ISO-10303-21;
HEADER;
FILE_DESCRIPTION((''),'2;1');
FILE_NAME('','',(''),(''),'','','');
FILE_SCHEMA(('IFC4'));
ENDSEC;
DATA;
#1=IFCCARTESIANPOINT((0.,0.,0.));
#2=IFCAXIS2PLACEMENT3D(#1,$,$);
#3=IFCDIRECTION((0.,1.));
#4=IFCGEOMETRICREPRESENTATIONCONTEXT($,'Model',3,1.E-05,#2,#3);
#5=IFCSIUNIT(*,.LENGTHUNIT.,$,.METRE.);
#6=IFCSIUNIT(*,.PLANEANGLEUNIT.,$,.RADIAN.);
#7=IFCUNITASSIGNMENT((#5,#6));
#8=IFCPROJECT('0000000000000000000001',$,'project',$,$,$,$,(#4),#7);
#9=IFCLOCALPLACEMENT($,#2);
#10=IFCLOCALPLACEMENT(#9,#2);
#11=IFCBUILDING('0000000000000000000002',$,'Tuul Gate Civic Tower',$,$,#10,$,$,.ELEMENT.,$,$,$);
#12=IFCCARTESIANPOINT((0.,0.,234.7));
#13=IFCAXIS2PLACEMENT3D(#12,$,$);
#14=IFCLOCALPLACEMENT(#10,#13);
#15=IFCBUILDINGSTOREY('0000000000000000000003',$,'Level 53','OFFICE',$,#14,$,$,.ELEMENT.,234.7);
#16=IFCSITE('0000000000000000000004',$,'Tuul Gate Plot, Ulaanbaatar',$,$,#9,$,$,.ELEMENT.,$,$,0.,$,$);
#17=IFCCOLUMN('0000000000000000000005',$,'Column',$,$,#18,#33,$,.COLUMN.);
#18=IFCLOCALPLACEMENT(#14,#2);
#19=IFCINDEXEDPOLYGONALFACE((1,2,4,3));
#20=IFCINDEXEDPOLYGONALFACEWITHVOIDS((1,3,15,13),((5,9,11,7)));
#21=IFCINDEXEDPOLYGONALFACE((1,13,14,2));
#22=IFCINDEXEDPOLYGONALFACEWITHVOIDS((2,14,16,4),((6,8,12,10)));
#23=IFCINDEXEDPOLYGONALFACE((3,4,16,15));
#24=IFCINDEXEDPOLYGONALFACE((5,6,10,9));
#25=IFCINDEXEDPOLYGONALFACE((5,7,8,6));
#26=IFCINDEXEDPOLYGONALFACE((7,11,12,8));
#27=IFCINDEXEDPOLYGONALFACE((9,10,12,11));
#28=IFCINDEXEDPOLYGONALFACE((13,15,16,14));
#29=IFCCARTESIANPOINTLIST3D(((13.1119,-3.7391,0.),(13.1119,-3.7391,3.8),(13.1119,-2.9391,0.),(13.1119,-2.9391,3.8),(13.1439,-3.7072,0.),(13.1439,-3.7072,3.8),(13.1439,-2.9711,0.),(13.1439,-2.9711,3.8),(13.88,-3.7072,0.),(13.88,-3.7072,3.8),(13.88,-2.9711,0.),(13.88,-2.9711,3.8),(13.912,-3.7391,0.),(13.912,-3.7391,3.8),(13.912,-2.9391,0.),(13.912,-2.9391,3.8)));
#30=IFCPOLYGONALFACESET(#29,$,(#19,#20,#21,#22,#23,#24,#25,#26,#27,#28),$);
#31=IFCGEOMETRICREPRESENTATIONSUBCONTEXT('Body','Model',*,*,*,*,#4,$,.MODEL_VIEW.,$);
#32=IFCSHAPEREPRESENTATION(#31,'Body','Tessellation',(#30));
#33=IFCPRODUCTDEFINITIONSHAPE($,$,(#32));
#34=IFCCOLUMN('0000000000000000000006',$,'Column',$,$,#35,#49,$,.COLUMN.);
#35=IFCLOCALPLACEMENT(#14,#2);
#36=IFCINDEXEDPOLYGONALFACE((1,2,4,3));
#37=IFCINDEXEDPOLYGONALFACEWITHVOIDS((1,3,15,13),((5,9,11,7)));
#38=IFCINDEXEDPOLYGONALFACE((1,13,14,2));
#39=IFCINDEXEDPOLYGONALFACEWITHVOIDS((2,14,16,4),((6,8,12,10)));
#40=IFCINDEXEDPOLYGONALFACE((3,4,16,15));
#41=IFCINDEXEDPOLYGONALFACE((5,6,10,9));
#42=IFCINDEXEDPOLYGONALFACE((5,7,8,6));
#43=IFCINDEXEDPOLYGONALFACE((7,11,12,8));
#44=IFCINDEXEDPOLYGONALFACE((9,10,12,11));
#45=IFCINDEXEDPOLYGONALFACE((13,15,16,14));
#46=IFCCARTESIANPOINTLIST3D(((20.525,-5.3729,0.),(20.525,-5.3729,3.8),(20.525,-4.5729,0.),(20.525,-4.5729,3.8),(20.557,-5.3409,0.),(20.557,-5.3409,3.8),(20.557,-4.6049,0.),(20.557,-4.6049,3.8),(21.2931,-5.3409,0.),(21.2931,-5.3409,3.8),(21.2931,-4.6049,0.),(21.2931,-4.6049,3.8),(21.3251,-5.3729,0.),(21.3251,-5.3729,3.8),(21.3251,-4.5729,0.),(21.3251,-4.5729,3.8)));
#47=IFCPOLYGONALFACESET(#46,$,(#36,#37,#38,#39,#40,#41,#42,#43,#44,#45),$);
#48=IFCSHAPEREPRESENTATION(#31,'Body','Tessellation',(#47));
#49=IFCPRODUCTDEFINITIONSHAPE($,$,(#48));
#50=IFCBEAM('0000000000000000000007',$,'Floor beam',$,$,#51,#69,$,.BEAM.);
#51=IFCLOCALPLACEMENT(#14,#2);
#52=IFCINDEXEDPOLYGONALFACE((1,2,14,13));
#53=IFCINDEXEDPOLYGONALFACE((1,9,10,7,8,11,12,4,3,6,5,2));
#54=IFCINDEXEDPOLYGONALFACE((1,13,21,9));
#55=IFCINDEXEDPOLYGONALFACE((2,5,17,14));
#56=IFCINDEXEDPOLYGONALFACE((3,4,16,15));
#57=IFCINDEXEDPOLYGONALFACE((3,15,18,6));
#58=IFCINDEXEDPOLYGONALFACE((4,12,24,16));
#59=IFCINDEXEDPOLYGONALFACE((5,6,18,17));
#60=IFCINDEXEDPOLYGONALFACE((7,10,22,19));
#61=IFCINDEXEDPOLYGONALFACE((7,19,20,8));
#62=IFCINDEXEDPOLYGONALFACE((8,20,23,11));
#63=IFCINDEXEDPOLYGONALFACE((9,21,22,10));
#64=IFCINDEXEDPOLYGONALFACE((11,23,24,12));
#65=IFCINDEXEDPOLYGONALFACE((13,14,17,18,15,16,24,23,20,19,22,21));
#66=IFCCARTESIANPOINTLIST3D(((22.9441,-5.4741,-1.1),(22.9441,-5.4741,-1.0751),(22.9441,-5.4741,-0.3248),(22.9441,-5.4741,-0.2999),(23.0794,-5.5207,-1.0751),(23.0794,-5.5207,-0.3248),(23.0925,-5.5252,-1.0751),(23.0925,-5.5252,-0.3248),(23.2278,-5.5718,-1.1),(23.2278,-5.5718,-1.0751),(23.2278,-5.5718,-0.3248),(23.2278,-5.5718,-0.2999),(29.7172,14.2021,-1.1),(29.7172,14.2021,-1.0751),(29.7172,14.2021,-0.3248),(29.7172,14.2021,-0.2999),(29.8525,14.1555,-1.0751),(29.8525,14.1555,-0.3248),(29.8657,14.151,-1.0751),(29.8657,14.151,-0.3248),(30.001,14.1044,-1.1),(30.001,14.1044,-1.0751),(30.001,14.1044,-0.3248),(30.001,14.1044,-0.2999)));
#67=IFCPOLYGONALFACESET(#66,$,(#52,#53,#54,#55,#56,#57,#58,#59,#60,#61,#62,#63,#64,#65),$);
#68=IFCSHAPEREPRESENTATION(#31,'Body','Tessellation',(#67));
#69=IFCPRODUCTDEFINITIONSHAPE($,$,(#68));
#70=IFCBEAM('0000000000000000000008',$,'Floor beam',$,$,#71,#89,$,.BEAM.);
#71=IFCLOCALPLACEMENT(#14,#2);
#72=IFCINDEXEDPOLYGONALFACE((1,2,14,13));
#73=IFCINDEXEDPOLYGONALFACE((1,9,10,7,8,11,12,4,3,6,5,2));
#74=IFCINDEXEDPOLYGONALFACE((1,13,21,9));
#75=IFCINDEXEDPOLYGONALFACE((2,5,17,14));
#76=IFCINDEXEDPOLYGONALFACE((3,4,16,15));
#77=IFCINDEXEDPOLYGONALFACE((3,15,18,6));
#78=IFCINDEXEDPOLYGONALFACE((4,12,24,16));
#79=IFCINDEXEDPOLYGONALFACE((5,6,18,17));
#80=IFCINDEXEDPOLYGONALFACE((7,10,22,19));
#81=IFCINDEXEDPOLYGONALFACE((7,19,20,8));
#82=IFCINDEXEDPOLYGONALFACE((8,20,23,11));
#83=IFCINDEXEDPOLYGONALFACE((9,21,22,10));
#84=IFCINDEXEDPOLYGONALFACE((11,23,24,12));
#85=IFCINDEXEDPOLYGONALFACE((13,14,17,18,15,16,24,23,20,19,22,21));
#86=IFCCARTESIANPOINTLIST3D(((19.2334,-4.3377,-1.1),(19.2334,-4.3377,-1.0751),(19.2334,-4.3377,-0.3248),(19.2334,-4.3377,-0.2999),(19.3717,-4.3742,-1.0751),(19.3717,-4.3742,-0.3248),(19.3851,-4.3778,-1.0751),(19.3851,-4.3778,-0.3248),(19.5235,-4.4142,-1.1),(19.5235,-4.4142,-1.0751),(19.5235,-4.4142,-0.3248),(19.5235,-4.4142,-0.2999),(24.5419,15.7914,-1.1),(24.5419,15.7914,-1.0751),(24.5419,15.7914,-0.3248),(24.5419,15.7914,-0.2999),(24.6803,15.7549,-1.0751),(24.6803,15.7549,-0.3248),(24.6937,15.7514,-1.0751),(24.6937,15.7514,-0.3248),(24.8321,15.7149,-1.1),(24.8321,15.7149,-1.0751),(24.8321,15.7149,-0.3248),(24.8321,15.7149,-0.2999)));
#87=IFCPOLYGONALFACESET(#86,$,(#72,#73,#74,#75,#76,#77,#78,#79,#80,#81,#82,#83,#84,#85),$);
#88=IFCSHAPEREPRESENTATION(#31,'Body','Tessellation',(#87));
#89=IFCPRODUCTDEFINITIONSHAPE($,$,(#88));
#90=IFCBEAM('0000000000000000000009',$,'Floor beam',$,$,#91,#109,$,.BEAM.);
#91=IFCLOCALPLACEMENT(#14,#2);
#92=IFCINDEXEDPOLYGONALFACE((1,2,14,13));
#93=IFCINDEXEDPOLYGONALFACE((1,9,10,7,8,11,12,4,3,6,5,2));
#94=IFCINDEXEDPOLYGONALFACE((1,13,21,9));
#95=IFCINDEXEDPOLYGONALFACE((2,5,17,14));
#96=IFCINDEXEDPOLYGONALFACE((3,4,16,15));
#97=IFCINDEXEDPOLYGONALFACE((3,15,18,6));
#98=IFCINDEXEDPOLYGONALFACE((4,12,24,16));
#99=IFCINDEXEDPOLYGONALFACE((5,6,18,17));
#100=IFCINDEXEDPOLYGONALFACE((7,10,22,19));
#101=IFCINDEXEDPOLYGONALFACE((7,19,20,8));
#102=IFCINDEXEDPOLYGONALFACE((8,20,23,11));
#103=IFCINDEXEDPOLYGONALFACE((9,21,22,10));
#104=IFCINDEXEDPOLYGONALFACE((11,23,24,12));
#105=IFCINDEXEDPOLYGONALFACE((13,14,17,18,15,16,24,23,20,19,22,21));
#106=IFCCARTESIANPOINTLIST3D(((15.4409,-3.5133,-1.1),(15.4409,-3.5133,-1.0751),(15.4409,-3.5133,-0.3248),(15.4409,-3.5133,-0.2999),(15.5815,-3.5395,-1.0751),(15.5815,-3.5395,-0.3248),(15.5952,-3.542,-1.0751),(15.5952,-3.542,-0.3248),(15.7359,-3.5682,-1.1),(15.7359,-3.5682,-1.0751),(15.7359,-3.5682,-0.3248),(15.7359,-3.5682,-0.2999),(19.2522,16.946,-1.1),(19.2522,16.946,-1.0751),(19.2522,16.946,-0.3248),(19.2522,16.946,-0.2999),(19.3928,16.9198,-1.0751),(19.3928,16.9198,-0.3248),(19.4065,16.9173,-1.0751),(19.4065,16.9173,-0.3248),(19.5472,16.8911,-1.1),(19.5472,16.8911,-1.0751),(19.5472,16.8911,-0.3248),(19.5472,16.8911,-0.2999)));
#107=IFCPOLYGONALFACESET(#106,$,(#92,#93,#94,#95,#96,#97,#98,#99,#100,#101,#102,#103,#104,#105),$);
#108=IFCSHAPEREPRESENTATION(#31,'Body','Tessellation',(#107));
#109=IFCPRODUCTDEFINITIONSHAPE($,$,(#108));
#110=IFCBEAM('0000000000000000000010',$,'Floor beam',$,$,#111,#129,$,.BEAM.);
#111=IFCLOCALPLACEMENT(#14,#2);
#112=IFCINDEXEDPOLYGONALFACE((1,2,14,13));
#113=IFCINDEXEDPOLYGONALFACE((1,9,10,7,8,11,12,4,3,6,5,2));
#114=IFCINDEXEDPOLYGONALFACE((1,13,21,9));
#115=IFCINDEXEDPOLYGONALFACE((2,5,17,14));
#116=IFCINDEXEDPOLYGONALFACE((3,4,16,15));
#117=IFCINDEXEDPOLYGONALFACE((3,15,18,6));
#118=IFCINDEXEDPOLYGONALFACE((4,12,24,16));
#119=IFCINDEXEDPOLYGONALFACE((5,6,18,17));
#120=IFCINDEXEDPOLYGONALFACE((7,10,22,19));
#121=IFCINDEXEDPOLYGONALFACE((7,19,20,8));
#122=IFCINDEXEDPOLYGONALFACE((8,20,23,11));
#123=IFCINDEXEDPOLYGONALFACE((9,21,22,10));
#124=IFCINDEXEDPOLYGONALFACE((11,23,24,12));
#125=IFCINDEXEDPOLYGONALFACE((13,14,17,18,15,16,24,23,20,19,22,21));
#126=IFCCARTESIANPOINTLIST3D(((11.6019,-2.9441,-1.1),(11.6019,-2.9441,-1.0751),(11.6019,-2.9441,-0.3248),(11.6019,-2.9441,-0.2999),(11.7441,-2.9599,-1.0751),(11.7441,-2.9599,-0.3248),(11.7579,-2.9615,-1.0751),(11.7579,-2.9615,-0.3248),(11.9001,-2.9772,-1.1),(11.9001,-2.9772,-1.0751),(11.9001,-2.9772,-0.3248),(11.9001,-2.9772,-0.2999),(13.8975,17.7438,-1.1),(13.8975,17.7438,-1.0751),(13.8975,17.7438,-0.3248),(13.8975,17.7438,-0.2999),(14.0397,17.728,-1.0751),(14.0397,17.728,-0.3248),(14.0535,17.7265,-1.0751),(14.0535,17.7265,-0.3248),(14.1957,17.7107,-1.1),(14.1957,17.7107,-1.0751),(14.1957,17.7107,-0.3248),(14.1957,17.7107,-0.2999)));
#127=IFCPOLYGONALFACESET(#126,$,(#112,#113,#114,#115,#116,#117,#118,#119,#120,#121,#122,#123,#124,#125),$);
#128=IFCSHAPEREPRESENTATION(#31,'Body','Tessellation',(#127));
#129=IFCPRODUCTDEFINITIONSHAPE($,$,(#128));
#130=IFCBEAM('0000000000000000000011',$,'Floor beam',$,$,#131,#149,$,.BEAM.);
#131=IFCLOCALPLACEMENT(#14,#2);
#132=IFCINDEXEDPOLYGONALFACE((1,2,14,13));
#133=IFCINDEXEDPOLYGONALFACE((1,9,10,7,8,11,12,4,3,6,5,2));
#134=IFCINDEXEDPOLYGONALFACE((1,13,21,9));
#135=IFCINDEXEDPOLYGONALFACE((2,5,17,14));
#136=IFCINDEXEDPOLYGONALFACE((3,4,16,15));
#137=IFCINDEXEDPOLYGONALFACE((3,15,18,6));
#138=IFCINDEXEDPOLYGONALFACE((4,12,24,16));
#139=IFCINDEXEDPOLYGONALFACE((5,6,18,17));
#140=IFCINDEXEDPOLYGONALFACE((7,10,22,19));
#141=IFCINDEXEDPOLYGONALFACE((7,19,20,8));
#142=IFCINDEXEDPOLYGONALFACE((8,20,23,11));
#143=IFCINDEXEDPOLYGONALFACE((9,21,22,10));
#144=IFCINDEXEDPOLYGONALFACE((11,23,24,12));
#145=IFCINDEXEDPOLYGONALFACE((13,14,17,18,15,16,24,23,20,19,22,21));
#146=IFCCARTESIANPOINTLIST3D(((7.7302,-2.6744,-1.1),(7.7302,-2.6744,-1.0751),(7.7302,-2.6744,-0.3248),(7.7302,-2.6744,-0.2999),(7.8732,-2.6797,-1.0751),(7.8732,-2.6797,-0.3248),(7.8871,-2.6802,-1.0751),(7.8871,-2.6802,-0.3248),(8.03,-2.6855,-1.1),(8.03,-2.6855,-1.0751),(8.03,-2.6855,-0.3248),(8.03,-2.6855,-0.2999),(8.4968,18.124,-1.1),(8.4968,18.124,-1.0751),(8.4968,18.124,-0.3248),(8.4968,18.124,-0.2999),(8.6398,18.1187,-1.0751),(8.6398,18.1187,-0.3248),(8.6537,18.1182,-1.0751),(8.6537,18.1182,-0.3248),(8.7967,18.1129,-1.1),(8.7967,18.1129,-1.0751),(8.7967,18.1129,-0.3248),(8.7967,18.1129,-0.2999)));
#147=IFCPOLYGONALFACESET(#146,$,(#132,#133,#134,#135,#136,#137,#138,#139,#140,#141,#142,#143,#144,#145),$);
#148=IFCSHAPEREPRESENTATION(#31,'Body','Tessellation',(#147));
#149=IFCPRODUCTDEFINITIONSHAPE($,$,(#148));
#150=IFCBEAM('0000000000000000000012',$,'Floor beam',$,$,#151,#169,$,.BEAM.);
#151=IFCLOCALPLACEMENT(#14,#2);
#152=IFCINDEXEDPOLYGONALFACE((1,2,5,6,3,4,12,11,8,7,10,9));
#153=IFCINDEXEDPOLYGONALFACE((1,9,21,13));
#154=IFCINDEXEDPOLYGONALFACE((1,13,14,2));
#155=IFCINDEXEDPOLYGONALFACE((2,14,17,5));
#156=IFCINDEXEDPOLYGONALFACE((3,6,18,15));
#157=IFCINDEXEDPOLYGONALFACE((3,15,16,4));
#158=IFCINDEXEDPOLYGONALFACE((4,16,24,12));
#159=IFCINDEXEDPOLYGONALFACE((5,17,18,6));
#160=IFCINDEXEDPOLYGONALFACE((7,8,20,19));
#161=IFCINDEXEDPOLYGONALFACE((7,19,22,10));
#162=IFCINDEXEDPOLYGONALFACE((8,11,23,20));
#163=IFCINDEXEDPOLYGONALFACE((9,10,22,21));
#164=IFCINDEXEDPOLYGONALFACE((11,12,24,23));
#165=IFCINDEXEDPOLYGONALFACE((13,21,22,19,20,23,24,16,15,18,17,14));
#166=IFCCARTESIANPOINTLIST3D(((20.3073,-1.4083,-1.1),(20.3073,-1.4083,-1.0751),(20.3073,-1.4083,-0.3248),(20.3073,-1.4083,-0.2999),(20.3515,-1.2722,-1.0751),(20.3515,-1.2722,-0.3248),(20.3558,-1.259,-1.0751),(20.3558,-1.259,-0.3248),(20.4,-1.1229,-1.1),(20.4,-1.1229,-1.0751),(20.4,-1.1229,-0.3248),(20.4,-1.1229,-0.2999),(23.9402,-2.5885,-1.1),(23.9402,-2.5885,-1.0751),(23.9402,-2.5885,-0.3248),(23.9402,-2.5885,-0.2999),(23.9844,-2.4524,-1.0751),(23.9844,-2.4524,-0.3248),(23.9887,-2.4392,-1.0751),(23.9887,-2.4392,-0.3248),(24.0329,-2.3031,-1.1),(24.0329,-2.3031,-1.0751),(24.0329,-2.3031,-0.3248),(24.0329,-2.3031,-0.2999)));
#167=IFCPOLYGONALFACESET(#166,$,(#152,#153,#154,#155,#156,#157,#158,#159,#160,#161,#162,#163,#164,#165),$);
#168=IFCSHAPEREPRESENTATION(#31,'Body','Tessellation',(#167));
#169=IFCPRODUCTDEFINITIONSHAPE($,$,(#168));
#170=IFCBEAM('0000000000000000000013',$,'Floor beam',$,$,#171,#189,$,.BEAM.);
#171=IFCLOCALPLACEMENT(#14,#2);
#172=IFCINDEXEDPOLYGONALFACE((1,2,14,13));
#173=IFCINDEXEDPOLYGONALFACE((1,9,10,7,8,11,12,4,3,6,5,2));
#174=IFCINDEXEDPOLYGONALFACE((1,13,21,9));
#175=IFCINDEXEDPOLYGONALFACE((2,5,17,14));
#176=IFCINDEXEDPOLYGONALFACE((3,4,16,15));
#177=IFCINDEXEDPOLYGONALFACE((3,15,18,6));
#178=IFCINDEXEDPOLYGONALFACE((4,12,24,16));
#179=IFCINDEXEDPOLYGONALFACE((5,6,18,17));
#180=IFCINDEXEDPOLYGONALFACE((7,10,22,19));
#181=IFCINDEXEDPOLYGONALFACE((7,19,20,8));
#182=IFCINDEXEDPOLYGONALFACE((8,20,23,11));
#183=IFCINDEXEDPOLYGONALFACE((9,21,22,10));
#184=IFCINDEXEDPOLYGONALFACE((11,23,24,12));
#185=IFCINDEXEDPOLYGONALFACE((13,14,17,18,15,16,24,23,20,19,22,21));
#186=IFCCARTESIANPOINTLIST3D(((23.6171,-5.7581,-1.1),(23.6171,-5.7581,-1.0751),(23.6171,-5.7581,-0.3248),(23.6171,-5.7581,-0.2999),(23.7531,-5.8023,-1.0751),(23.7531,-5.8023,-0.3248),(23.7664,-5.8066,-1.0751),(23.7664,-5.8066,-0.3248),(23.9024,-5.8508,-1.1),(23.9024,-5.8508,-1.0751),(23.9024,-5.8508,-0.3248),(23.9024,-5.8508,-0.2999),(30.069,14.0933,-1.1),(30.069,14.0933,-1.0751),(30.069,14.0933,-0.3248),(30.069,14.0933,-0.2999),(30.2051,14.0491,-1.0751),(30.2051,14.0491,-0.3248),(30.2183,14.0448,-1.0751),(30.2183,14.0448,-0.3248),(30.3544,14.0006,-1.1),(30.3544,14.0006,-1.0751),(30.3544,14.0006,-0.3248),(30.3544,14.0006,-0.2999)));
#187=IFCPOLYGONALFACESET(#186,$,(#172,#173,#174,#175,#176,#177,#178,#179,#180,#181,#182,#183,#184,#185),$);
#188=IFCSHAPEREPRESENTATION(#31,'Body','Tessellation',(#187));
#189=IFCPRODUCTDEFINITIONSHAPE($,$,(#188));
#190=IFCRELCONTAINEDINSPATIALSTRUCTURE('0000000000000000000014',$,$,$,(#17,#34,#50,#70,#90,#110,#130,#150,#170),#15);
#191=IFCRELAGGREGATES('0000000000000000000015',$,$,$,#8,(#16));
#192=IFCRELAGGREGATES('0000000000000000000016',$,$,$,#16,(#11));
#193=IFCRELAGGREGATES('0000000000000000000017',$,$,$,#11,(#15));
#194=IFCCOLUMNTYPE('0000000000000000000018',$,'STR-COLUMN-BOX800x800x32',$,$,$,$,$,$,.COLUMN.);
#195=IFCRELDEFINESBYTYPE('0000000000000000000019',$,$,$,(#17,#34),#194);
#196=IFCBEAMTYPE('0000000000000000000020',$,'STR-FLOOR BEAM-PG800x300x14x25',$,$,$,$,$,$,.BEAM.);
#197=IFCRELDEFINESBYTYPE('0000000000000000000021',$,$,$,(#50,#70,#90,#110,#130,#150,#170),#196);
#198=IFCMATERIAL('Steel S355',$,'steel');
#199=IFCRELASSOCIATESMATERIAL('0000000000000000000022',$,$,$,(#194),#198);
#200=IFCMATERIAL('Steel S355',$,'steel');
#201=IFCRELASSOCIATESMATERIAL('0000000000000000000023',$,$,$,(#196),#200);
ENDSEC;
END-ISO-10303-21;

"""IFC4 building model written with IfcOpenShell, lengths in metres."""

from ifc_helpers import new_model, si_unit, direction, frame, origin, origin_2d, place, context, subcontext, project, spatial, hollow_rectangle, i_section, extrude, material, material_profile, profile_set, type_object, element, save


model = new_model("IFC4")

# Units and contexts
model_context = context("Model", 3, precision=1e-05, world=origin(), true_north=direction((0.0, 1.0)))
body_context = subcontext(model_context, "Body", "Model", "MODEL_VIEW")
ifc_project = project(units=[si_unit("LENGTHUNIT", "METRE"), si_unit("PLANEANGLEUNIT", "RADIAN")], contexts=[model_context])

# Site, building, storey
site_placement = place(None, origin())
site = spatial("IfcSite", under=ifc_project, at=site_placement, Name="Tuul Gate Plot, Ulaanbaatar", CompositionType="ELEMENT", RefElevation=0.0)
building_placement = place(site_placement, origin())
building = spatial("IfcBuilding", under=site, at=building_placement, Name="Tuul Gate Civic Tower", CompositionType="ELEMENT")
storey_placement = place(building_placement, frame((0.0, 0.0, 234.7)))
storey = spatial("IfcBuildingStorey", under=building, at=storey_placement, Name="Level 53", Description="OFFICE", CompositionType="ELEMENT", Elevation=234.7)

# Columns
ifc_material_1 = material(Name="Steel S355", Category="steel")
ifc_material_profile_1 = material_profile(ifc_material_1, hollow_rectangle(XDim=0.8, YDim=0.8, WallThickness=0.032, at=origin_2d()), Name="BOX800x800x32")
ifc_profile_set_1 = profile_set([ifc_material_profile_1], Name="Steel S355")
column_type = type_object("IfcColumnType", Name="STR-COLUMN-BOX800x800x32", PredefinedType="COLUMN", material=ifc_profile_set_1)
for number, where, z_axis, x_axis, name in (
    (1, (13.512, -3.3391, 0.0), (0.0, 0.0, 1.0), (1.0, 0.0, 0.0), "Column"),
    (2, (20.925, -4.9729, 0.0), (0.0, 0.0, 1.0), (1.0, 0.0, 0.0), "Column"),
):
    element("IfcColumn", number, at=place(storey_placement, frame(where, z_axis=z_axis, x_axis=x_axis)), inside=storey, type_object=column_type, Name=name, PredefinedType="COLUMN", context=body_context, shape_type="SweptSolid", body=[
        extrude(hollow_rectangle(XDim=0.8, YDim=0.8, WallThickness=0.032, at=origin_2d()), origin(), (0.0, 0.0, 1.0), 3.8),
    ])

# Beams
ifc_material_2 = material(Name="Steel S355", Category="steel")
ifc_material_profile_2 = material_profile(ifc_material_2, i_section(OverallWidth=0.3, OverallDepth=0.8, WebThickness=0.0139, FlangeThickness=0.0249, at=origin_2d()), Name="PG800x300x14x25")
ifc_profile_set_2 = profile_set([ifc_material_profile_2], Name="Steel S355")
beam_type_1 = type_object("IfcBeamType", Name="STR-FLOOR BEAM-PG800x300x14x25", PredefinedType="BEAM", material=ifc_profile_set_2)
beam_1_placement = place(storey_placement, frame((23.0859, -5.5229, -0.7), z_axis=(0.325487, 0.945547, 0.0), x_axis=(-0.945547, 0.325487, 0.0)))
element("IfcBeam", 3, at=beam_1_placement, inside=storey, type_object=beam_type_1, Name="Floor beam", PredefinedType="BEAM", context=body_context, shape_type="SweptSolid", body=[
    extrude(i_section(OverallWidth=0.3, OverallDepth=0.8, WebThickness=0.0139, FlangeThickness=0.0249, at=origin_2d()), origin(), (0.0, 0.0, 1.0), 20.8093),
])
beam_2_placement = place(storey_placement, frame((19.3784, -4.376, -0.7), z_axis=(0.255008, 0.966939, 0.0), x_axis=(-0.966939, 0.255008, 0.0)))
element("IfcBeam", 4, at=beam_2_placement, inside=storey, type_object=beam_type_1, Name="Floor beam", PredefinedType="BEAM", context=body_context, shape_type="SweptSolid", body=[
    extrude(i_section(OverallWidth=0.3, OverallDepth=0.8, WebThickness=0.0139, FlangeThickness=0.0249, at=origin_2d()), origin(), (0.0, 0.0, 1.0), 20.8174),
])
beam_3_placement = place(storey_placement, frame((15.5884, -3.5408, -0.7), z_axis=(0.183136, 0.983088, 0.0), x_axis=(-0.983088, 0.183136, 0.0)))
element("IfcBeam", 5, at=beam_3_placement, inside=storey, type_object=beam_type_1, Name="Floor beam", PredefinedType="BEAM", context=body_context, shape_type="SweptSolid", body=[
    extrude(i_section(OverallWidth=0.3, OverallDepth=0.8, WebThickness=0.0139, FlangeThickness=0.0249, at=origin_2d()), origin(), (0.0, 0.0, 1.0), 20.8113),
])
beam_4_placement = place(storey_placement, frame((11.751, -2.9607, -0.7), z_axis=(0.110289, 0.9939, 0.0), x_axis=(-0.9939, 0.110289, 0.0)))
element("IfcBeam", 6, at=beam_4_placement, inside=storey, type_object=beam_type_1, Name="Floor beam", PredefinedType="BEAM", context=body_context, shape_type="SweptSolid", body=[
    extrude(i_section(OverallWidth=0.3, OverallDepth=0.8, WebThickness=0.0139, FlangeThickness=0.0249, at=origin_2d()), origin(), (0.0, 0.0, 1.0), 20.8149),
])
beam_5_placement = place(storey_placement, frame((7.8801, -2.6799, -0.7), z_axis=(0.036834, 0.999321, 0.0), x_axis=(-0.999321, 0.036834, 0.0)))
element("IfcBeam", 7, at=beam_5_placement, inside=storey, type_object=beam_type_1, Name="Floor beam", PredefinedType="BEAM", context=body_context, shape_type="SweptSolid", body=[
    extrude(i_section(OverallWidth=0.3, OverallDepth=0.8, WebThickness=0.0139, FlangeThickness=0.0249, at=origin_2d()), origin(), (0.0, 0.0, 1.0), 20.8125),
])
beam_6_placement = place(storey_placement, frame((23.9866, -2.4458, -0.7), z_axis=(-0.951072, 0.30897, 0.0), x_axis=(-0.30897, -0.951072, 0.0)))
element("IfcBeam", 8, at=beam_6_placement, inside=storey, type_object=beam_type_1, Name="Floor beam", PredefinedType="BEAM", context=body_context, shape_type="SweptSolid", body=[
    extrude(i_section(OverallWidth=0.3, OverallDepth=0.8, WebThickness=0.0139, FlangeThickness=0.0249, at=origin_2d()), origin(), (0.0, 0.0, 1.0), 3.8198),
])
beam_7_placement = place(storey_placement, frame((23.7598, -5.8044, -0.7), z_axis=(0.309096, 0.951031, 0.0), x_axis=(-0.951031, 0.309096, 0.0)))
element("IfcBeam", 9, at=beam_7_placement, inside=storey, type_object=beam_type_1, Name="Floor beam", PredefinedType="BEAM", context=body_context, shape_type="SweptSolid", body=[
    extrude(i_section(OverallWidth=0.3, OverallDepth=0.8, WebThickness=0.0139, FlangeThickness=0.0249, at=origin_2d()), origin(), (0.0, 0.0, 1.0), 20.8735),
])

save(model, "model.ifc")
